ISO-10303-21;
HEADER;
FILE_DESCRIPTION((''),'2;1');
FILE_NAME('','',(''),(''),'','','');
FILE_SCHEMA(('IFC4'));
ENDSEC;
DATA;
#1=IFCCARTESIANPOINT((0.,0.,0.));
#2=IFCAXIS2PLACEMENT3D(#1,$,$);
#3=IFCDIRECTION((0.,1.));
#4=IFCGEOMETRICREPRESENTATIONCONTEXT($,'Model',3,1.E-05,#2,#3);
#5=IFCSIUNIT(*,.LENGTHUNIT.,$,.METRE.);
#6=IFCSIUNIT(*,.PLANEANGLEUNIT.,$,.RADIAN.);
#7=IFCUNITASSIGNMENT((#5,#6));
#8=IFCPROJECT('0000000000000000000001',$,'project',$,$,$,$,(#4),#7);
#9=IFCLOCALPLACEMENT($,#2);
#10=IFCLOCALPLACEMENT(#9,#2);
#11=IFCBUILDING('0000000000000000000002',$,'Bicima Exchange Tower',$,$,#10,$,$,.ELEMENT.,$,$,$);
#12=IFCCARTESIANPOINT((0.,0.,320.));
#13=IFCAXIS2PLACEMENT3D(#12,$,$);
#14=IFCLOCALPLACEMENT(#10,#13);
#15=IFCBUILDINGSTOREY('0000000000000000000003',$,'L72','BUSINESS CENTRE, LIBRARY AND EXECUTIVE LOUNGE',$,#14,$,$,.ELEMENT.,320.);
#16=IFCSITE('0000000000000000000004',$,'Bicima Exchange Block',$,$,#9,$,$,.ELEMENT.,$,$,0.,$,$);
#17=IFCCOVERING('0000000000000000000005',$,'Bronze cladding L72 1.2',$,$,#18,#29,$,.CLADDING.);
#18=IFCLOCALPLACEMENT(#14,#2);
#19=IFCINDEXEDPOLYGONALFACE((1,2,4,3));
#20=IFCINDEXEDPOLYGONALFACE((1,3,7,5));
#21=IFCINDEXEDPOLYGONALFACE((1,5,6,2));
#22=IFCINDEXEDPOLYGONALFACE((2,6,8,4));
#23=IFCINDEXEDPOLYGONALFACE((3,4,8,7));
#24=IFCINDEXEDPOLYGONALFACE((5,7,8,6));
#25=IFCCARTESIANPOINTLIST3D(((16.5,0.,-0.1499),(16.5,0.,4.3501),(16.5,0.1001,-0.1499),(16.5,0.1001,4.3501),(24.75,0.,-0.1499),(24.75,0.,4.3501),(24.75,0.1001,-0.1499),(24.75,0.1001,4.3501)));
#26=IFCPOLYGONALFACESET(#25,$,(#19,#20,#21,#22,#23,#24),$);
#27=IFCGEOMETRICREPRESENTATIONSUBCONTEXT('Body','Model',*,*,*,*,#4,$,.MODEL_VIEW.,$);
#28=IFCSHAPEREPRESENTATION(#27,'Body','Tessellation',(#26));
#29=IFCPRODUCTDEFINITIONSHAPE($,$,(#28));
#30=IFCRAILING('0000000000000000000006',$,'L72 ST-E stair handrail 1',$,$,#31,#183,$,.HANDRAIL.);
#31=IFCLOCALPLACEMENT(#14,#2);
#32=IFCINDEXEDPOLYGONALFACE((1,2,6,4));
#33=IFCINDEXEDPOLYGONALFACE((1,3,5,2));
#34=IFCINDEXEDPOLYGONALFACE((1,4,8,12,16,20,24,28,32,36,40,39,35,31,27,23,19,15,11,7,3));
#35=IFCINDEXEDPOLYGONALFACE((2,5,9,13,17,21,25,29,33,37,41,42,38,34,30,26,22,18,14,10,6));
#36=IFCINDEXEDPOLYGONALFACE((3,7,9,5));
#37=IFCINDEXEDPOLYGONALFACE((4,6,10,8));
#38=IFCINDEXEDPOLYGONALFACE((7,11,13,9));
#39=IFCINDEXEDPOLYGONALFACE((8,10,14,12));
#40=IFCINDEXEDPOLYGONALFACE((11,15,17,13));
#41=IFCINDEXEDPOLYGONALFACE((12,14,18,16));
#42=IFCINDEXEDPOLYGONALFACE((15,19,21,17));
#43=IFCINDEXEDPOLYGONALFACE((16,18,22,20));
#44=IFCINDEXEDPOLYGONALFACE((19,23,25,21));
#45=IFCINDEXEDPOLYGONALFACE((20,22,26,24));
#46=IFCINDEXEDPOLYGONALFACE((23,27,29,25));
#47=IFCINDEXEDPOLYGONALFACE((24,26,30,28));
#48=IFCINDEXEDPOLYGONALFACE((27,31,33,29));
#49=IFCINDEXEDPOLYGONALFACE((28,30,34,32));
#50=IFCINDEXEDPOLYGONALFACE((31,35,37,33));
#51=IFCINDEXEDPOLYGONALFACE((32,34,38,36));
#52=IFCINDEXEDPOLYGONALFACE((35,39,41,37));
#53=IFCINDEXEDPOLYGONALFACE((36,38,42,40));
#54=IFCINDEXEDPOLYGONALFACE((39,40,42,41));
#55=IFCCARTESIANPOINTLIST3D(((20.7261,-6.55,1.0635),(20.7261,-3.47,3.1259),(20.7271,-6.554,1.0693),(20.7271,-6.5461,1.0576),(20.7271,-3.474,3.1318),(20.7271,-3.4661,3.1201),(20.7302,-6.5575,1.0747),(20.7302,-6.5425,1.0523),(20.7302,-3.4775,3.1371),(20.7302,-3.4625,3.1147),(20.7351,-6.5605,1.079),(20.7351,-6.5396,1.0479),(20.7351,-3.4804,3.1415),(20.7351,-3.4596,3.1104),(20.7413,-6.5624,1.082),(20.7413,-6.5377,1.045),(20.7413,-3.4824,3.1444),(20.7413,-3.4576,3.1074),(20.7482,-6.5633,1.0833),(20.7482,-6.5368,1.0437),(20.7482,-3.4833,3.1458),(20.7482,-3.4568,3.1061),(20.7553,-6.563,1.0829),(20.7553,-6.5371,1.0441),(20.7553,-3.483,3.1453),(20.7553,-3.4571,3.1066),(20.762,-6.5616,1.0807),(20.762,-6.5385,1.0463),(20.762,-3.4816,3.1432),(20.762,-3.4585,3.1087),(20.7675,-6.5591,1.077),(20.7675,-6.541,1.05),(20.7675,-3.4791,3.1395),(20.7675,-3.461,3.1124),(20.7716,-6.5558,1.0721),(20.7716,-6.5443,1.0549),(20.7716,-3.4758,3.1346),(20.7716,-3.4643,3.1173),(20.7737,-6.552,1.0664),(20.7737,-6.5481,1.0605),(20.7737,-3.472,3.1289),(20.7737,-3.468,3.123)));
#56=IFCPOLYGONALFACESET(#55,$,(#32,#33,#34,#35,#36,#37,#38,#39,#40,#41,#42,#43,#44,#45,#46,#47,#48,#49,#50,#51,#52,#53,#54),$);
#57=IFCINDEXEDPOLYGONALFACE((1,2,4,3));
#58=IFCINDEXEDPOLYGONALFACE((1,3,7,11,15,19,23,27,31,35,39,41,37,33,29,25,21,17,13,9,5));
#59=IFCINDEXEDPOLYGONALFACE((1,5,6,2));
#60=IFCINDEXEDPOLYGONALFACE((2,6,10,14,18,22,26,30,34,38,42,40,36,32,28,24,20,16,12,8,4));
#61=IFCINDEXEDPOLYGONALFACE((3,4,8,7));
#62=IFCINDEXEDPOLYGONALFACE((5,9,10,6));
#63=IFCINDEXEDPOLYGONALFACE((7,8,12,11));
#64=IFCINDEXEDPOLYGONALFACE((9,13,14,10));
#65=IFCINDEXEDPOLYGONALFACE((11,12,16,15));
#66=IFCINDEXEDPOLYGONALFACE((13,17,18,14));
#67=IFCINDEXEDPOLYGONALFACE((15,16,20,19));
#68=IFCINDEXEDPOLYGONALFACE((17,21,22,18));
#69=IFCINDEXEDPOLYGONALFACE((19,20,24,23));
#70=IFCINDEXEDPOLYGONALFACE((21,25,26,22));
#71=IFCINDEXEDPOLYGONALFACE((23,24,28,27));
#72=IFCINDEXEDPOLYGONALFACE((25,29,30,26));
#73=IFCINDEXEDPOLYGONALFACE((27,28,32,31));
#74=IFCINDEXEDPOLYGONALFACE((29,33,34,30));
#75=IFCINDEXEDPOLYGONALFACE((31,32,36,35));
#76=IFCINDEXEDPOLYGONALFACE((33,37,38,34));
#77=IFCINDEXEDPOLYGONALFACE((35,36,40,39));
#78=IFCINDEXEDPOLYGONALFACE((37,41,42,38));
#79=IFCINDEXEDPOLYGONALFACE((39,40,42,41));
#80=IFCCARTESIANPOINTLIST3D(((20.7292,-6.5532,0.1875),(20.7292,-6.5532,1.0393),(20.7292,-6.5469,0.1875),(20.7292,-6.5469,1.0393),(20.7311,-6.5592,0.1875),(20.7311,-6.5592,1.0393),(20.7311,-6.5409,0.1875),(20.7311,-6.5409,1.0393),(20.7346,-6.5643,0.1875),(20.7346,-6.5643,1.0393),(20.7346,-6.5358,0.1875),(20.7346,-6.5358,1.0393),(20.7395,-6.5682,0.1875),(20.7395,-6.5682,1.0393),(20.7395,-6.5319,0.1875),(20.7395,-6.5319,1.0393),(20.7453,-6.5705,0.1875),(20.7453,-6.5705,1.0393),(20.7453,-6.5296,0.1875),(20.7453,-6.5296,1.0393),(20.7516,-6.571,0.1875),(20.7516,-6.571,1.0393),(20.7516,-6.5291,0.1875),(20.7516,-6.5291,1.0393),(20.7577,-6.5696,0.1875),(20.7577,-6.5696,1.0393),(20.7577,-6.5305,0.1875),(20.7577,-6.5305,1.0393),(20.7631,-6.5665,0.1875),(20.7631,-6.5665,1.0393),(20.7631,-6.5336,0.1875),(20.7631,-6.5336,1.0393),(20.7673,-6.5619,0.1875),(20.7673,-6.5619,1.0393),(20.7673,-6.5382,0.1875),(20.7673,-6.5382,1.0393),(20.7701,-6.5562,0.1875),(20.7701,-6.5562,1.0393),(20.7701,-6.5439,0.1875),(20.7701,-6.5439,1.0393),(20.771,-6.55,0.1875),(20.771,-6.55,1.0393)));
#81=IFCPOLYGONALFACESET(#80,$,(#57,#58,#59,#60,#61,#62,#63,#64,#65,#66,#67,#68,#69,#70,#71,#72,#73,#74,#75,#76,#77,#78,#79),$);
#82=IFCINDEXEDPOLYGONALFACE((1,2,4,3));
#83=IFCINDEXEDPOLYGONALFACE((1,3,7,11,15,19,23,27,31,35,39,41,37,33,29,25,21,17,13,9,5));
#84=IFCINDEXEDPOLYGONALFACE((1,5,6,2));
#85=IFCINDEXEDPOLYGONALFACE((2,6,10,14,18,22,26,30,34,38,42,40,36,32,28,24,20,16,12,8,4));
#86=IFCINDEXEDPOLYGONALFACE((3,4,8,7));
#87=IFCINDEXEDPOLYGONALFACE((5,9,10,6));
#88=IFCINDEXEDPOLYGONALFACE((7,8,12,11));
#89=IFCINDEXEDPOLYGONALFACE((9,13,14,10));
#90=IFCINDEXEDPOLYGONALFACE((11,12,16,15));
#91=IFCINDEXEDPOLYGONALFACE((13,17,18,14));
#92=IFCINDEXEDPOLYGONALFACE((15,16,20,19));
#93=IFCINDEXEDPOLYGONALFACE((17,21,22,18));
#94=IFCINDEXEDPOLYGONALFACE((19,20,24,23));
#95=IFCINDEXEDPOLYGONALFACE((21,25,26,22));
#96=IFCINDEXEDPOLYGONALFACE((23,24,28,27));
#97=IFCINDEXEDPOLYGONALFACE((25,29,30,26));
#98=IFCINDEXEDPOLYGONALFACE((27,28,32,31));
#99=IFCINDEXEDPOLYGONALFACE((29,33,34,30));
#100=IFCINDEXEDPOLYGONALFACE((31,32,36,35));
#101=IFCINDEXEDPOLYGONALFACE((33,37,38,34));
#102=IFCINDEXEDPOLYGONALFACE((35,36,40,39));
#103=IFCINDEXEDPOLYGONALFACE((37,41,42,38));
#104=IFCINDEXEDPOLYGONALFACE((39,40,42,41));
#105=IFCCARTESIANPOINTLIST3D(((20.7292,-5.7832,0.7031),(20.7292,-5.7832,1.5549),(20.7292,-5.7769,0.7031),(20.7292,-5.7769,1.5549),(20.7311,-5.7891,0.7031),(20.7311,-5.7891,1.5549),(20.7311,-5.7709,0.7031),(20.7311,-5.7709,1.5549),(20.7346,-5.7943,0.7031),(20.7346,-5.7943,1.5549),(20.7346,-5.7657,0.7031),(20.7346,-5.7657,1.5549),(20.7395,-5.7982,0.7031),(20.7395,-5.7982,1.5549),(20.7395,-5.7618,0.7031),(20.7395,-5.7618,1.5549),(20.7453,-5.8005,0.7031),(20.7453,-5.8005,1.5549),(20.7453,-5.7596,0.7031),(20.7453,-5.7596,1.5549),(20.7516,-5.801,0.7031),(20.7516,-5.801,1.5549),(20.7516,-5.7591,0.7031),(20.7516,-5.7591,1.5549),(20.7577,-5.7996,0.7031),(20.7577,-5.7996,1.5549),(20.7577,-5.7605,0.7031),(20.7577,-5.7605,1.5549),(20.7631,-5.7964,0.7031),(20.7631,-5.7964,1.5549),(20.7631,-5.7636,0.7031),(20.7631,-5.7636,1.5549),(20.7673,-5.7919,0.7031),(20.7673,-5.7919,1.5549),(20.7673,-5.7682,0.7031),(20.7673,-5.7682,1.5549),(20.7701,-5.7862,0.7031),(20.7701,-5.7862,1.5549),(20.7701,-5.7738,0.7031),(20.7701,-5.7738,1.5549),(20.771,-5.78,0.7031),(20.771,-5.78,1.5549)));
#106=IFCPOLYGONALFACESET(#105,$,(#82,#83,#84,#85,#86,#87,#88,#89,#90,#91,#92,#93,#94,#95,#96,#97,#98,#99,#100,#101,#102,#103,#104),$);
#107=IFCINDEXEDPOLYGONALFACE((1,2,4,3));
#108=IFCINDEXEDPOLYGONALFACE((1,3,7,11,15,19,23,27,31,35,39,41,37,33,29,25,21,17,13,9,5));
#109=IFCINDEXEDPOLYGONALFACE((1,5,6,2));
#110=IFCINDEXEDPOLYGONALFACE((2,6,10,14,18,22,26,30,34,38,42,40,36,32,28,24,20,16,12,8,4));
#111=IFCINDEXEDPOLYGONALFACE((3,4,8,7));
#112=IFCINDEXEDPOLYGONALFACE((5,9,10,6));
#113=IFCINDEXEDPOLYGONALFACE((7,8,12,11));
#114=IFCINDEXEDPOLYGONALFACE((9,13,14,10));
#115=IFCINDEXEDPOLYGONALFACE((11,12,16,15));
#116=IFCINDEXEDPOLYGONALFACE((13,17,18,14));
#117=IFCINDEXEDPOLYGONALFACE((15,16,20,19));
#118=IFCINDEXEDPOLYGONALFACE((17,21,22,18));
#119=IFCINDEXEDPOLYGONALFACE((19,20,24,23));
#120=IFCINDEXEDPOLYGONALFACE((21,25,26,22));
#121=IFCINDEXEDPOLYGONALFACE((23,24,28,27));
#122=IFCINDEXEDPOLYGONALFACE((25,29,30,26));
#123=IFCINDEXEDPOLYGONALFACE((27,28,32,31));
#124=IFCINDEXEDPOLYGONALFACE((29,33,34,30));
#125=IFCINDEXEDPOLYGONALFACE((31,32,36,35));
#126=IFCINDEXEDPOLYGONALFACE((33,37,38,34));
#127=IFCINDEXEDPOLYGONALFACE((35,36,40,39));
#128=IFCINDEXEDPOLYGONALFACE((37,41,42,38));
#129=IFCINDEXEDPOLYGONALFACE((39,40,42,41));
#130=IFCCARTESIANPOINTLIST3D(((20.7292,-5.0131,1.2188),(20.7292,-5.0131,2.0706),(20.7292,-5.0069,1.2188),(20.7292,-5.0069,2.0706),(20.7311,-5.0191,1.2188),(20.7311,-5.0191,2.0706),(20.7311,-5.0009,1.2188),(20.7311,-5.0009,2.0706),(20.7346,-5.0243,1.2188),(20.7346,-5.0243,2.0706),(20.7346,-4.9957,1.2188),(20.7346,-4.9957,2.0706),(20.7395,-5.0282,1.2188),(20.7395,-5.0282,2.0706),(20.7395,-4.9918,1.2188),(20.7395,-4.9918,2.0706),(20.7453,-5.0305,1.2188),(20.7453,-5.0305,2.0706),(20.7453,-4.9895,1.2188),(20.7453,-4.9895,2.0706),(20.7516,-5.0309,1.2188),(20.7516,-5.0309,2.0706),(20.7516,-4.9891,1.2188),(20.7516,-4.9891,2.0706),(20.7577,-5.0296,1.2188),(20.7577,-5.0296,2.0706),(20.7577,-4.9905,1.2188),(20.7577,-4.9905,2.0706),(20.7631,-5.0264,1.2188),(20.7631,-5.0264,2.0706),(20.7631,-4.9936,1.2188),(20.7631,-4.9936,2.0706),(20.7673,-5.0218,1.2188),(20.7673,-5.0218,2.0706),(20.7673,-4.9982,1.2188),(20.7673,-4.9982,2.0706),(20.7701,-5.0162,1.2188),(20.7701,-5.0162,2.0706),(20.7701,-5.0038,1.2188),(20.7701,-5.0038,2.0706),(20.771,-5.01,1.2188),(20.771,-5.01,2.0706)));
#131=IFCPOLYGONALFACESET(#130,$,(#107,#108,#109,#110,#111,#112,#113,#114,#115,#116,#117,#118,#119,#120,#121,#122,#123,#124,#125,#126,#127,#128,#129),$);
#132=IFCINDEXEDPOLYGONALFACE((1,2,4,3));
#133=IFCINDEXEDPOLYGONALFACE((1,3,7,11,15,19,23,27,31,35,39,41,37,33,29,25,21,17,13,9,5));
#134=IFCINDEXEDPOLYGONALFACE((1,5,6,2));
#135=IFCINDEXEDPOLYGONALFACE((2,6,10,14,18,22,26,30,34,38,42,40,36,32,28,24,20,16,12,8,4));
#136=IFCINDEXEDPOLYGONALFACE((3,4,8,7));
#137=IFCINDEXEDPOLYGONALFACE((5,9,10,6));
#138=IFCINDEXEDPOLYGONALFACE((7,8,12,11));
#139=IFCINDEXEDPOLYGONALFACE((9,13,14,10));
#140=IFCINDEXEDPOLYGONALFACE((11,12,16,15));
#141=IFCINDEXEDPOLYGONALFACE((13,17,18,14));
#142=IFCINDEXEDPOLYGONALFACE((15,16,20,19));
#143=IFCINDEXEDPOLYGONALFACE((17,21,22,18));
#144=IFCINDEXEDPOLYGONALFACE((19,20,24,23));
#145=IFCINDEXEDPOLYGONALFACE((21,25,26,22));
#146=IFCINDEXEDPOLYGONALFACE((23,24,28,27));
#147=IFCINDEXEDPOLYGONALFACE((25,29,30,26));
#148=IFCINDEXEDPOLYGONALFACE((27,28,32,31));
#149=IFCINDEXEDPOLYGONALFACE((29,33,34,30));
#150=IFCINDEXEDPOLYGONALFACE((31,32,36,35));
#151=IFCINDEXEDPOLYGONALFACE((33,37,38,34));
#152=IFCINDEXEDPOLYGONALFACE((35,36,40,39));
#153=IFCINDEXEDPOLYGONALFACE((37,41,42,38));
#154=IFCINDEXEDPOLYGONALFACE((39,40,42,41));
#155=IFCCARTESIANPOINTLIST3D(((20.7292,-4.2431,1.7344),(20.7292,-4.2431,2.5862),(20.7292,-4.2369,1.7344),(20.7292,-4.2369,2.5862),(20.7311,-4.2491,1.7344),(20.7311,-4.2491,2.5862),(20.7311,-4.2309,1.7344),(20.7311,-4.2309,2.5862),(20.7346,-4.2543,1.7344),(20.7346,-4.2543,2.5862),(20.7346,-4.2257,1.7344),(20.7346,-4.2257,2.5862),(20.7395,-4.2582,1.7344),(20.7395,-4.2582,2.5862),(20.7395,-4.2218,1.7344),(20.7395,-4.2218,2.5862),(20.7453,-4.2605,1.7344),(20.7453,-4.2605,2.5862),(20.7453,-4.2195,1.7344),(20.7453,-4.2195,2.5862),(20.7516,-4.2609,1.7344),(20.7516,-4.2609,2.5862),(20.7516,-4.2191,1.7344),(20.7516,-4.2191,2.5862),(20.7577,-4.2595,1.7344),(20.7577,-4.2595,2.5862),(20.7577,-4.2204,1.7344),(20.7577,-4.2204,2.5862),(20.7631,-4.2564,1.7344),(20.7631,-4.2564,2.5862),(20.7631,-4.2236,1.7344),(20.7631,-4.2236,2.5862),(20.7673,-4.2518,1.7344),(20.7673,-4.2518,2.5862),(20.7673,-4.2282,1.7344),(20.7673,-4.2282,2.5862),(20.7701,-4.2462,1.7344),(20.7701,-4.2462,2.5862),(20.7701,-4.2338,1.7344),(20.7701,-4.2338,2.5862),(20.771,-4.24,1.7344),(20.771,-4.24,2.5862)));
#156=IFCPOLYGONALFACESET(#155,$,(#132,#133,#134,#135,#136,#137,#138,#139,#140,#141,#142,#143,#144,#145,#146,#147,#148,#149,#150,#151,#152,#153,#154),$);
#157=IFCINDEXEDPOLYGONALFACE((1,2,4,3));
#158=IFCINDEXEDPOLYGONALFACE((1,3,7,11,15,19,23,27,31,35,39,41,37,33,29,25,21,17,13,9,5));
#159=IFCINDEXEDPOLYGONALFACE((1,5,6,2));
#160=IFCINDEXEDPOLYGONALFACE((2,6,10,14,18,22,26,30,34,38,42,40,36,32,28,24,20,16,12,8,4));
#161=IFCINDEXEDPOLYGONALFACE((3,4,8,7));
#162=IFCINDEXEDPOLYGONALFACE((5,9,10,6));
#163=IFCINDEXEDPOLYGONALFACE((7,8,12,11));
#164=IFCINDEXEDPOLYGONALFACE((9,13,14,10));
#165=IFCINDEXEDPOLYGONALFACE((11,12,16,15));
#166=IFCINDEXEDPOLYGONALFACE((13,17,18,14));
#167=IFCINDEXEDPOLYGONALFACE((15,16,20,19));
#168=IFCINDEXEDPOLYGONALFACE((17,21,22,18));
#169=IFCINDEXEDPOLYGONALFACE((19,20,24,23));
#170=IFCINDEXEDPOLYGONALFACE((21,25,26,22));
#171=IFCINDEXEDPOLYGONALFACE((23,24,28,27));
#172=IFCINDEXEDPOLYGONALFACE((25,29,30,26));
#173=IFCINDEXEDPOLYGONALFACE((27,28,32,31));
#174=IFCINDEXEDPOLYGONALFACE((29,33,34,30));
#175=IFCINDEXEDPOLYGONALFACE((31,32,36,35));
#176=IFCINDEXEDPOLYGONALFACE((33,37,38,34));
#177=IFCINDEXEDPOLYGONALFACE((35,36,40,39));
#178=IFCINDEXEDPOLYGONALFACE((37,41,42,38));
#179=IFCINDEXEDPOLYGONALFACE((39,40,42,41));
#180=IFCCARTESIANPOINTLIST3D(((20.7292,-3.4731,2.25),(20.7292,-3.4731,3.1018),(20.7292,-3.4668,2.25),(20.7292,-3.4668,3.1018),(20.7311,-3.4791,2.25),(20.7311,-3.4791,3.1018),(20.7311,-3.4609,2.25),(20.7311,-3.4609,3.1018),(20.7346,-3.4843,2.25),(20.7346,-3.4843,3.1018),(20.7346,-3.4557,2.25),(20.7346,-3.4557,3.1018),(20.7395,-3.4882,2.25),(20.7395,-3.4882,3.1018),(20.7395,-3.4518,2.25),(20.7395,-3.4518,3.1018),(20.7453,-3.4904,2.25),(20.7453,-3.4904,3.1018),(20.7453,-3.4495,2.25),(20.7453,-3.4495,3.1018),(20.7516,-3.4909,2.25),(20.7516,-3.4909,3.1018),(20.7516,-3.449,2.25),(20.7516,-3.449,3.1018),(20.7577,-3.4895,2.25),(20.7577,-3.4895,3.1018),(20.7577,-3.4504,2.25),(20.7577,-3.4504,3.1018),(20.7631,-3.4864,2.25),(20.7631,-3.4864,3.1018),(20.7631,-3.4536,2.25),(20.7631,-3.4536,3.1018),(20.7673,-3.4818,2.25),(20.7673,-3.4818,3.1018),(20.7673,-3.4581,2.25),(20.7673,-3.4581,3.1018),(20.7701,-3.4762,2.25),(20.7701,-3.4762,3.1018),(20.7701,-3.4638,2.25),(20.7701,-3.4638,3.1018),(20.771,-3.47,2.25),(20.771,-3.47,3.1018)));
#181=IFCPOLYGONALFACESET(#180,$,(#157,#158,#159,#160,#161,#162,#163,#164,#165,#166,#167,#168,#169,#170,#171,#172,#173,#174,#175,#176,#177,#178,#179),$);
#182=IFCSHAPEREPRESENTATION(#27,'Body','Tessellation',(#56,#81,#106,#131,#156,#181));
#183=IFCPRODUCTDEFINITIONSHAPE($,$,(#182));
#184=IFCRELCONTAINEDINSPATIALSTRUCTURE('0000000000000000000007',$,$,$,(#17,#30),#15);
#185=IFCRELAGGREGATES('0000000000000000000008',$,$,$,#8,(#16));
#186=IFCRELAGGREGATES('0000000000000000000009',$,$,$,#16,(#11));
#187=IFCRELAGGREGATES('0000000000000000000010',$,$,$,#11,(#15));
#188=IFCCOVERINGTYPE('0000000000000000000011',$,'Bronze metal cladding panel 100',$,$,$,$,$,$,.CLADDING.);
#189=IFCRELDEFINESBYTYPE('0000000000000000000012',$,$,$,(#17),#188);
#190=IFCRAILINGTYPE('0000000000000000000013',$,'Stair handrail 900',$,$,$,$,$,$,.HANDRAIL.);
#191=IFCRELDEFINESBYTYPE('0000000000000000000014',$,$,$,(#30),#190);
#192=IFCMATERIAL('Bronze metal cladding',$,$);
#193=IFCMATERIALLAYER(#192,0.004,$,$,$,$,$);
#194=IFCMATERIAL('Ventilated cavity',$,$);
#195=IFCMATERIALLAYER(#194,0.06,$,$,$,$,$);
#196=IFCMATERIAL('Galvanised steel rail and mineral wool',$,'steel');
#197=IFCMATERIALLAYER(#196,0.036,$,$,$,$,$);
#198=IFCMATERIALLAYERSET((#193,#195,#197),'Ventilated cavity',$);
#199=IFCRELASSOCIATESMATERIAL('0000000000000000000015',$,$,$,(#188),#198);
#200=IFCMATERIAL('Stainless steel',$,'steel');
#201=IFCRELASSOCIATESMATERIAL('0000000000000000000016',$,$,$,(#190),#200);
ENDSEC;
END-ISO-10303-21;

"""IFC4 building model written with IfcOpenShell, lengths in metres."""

from ifc_helpers import new_model, si_unit, direction, frame, origin, origin_2d, place, context, subcontext, project, spatial, rectangle, circle, extrude, material, layer, layer_set, type_object, element, save


model = new_model("IFC4")

# Units and contexts
model_context = context("Model", 3, precision=1e-05, world=origin(), true_north=direction((0.0, 1.0)))
body_context = subcontext(model_context, "Body", "Model", "MODEL_VIEW")
ifc_project = project(units=[si_unit("LENGTHUNIT", "METRE"), si_unit("PLANEANGLEUNIT", "RADIAN")], contexts=[model_context])

# Site, building, storey
site_placement = place(None, origin())
site = spatial("IfcSite", under=ifc_project, at=site_placement, Name="Bicima Exchange Block", CompositionType="ELEMENT", RefElevation=0.0)
building_placement = place(site_placement, origin())
building = spatial("IfcBuilding", under=site, at=building_placement, Name="Bicima Exchange Tower", CompositionType="ELEMENT")
storey_placement = place(building_placement, frame((0.0, 0.0, 320.0)))
storey = spatial("IfcBuildingStorey", under=building, at=storey_placement, Name="L72", Description="BUSINESS CENTRE, LIBRARY AND EXECUTIVE LOUNGE", CompositionType="ELEMENT", Elevation=320.0)

# Covering
ifc_material_1 = material(Name="Bronze metal cladding")
ifc_layer_1 = layer(ifc_material_1, 0.004)
ifc_material_2 = material(Name="Ventilated cavity")
ifc_layer_2 = layer(ifc_material_2, 0.06)
ifc_material_3 = material(Name="Galvanised steel rail and mineral wool", Category="steel")
ifc_layer_3 = layer(ifc_material_3, 0.036)
ifc_layer_set_1 = layer_set([ifc_layer_1, ifc_layer_2, ifc_layer_3], Name="Ventilated cavity")
covering_type = type_object("IfcCoveringType", Name="Bronze metal cladding panel 100", PredefinedType="CLADDING", material=ifc_layer_set_1)
for number, where, z_axis, x_axis, name in (
    (1, (20.625, 0.05, -0.1499), (0.0, 0.0, 1.0), (-1.0, 0.0, 0.0), "Bronze cladding L72 1.2"),
):
    element("IfcCovering", number, at=place(storey_placement, frame(where, z_axis=z_axis, x_axis=x_axis)), inside=storey, type_object=covering_type, Name=name, PredefinedType="CLADDING", context=body_context, shape_type="SweptSolid", body=[
        extrude(rectangle(XDim=8.25, YDim=0.1001, at=origin_2d()), origin(), (0.0, 0.0, 1.0), 4.5),
    ])

# Railing
ifc_material_4 = material(Name="Stainless steel", Category="steel")
railing_type_1 = type_object("IfcRailingType", Name="Stair handrail 900", PredefinedType="HANDRAIL", material=ifc_material_4)
railing_1_placement = place(storey_placement, frame((20.75, -6.55, 0.1875)))
element("IfcRailing", 2, at=railing_1_placement, inside=storey, type_object=railing_type_1, Name="L72 ST-E stair handrail 1", PredefinedType="HANDRAIL", context=body_context, shape_type="SweptSolid", body=[
    extrude(circle(Radius=0.0239, at=origin_2d()), frame((0.0, 0.0, 0.876), z_axis=(0.0, 0.830914, 0.556401), x_axis=(-1.0, 0.0, 0.0)), (0.0, 0.0, 1.0), 3.7068),
    extrude(circle(Radius=0.021, at=origin_2d()), origin(), (0.0, 0.0, 1.0), 0.8518),
    extrude(circle(Radius=0.021, at=origin_2d()), frame((0.0, 0.77, 0.5156)), (0.0, 0.0, 1.0), 0.8518),
    extrude(circle(Radius=0.021, at=origin_2d()), frame((0.0, 1.54, 1.0312)), (0.0, 0.0, 1.0), 0.8518),
    extrude(circle(Radius=0.021, at=origin_2d()), frame((0.0, 2.3101, 1.5469)), (0.0, 0.0, 1.0), 0.8518),
    extrude(circle(Radius=0.021, at=origin_2d()), frame((0.0, 3.0801, 2.0625)), (0.0, 0.0, 1.0), 0.8518),
])

save(model, "model.ifc")
